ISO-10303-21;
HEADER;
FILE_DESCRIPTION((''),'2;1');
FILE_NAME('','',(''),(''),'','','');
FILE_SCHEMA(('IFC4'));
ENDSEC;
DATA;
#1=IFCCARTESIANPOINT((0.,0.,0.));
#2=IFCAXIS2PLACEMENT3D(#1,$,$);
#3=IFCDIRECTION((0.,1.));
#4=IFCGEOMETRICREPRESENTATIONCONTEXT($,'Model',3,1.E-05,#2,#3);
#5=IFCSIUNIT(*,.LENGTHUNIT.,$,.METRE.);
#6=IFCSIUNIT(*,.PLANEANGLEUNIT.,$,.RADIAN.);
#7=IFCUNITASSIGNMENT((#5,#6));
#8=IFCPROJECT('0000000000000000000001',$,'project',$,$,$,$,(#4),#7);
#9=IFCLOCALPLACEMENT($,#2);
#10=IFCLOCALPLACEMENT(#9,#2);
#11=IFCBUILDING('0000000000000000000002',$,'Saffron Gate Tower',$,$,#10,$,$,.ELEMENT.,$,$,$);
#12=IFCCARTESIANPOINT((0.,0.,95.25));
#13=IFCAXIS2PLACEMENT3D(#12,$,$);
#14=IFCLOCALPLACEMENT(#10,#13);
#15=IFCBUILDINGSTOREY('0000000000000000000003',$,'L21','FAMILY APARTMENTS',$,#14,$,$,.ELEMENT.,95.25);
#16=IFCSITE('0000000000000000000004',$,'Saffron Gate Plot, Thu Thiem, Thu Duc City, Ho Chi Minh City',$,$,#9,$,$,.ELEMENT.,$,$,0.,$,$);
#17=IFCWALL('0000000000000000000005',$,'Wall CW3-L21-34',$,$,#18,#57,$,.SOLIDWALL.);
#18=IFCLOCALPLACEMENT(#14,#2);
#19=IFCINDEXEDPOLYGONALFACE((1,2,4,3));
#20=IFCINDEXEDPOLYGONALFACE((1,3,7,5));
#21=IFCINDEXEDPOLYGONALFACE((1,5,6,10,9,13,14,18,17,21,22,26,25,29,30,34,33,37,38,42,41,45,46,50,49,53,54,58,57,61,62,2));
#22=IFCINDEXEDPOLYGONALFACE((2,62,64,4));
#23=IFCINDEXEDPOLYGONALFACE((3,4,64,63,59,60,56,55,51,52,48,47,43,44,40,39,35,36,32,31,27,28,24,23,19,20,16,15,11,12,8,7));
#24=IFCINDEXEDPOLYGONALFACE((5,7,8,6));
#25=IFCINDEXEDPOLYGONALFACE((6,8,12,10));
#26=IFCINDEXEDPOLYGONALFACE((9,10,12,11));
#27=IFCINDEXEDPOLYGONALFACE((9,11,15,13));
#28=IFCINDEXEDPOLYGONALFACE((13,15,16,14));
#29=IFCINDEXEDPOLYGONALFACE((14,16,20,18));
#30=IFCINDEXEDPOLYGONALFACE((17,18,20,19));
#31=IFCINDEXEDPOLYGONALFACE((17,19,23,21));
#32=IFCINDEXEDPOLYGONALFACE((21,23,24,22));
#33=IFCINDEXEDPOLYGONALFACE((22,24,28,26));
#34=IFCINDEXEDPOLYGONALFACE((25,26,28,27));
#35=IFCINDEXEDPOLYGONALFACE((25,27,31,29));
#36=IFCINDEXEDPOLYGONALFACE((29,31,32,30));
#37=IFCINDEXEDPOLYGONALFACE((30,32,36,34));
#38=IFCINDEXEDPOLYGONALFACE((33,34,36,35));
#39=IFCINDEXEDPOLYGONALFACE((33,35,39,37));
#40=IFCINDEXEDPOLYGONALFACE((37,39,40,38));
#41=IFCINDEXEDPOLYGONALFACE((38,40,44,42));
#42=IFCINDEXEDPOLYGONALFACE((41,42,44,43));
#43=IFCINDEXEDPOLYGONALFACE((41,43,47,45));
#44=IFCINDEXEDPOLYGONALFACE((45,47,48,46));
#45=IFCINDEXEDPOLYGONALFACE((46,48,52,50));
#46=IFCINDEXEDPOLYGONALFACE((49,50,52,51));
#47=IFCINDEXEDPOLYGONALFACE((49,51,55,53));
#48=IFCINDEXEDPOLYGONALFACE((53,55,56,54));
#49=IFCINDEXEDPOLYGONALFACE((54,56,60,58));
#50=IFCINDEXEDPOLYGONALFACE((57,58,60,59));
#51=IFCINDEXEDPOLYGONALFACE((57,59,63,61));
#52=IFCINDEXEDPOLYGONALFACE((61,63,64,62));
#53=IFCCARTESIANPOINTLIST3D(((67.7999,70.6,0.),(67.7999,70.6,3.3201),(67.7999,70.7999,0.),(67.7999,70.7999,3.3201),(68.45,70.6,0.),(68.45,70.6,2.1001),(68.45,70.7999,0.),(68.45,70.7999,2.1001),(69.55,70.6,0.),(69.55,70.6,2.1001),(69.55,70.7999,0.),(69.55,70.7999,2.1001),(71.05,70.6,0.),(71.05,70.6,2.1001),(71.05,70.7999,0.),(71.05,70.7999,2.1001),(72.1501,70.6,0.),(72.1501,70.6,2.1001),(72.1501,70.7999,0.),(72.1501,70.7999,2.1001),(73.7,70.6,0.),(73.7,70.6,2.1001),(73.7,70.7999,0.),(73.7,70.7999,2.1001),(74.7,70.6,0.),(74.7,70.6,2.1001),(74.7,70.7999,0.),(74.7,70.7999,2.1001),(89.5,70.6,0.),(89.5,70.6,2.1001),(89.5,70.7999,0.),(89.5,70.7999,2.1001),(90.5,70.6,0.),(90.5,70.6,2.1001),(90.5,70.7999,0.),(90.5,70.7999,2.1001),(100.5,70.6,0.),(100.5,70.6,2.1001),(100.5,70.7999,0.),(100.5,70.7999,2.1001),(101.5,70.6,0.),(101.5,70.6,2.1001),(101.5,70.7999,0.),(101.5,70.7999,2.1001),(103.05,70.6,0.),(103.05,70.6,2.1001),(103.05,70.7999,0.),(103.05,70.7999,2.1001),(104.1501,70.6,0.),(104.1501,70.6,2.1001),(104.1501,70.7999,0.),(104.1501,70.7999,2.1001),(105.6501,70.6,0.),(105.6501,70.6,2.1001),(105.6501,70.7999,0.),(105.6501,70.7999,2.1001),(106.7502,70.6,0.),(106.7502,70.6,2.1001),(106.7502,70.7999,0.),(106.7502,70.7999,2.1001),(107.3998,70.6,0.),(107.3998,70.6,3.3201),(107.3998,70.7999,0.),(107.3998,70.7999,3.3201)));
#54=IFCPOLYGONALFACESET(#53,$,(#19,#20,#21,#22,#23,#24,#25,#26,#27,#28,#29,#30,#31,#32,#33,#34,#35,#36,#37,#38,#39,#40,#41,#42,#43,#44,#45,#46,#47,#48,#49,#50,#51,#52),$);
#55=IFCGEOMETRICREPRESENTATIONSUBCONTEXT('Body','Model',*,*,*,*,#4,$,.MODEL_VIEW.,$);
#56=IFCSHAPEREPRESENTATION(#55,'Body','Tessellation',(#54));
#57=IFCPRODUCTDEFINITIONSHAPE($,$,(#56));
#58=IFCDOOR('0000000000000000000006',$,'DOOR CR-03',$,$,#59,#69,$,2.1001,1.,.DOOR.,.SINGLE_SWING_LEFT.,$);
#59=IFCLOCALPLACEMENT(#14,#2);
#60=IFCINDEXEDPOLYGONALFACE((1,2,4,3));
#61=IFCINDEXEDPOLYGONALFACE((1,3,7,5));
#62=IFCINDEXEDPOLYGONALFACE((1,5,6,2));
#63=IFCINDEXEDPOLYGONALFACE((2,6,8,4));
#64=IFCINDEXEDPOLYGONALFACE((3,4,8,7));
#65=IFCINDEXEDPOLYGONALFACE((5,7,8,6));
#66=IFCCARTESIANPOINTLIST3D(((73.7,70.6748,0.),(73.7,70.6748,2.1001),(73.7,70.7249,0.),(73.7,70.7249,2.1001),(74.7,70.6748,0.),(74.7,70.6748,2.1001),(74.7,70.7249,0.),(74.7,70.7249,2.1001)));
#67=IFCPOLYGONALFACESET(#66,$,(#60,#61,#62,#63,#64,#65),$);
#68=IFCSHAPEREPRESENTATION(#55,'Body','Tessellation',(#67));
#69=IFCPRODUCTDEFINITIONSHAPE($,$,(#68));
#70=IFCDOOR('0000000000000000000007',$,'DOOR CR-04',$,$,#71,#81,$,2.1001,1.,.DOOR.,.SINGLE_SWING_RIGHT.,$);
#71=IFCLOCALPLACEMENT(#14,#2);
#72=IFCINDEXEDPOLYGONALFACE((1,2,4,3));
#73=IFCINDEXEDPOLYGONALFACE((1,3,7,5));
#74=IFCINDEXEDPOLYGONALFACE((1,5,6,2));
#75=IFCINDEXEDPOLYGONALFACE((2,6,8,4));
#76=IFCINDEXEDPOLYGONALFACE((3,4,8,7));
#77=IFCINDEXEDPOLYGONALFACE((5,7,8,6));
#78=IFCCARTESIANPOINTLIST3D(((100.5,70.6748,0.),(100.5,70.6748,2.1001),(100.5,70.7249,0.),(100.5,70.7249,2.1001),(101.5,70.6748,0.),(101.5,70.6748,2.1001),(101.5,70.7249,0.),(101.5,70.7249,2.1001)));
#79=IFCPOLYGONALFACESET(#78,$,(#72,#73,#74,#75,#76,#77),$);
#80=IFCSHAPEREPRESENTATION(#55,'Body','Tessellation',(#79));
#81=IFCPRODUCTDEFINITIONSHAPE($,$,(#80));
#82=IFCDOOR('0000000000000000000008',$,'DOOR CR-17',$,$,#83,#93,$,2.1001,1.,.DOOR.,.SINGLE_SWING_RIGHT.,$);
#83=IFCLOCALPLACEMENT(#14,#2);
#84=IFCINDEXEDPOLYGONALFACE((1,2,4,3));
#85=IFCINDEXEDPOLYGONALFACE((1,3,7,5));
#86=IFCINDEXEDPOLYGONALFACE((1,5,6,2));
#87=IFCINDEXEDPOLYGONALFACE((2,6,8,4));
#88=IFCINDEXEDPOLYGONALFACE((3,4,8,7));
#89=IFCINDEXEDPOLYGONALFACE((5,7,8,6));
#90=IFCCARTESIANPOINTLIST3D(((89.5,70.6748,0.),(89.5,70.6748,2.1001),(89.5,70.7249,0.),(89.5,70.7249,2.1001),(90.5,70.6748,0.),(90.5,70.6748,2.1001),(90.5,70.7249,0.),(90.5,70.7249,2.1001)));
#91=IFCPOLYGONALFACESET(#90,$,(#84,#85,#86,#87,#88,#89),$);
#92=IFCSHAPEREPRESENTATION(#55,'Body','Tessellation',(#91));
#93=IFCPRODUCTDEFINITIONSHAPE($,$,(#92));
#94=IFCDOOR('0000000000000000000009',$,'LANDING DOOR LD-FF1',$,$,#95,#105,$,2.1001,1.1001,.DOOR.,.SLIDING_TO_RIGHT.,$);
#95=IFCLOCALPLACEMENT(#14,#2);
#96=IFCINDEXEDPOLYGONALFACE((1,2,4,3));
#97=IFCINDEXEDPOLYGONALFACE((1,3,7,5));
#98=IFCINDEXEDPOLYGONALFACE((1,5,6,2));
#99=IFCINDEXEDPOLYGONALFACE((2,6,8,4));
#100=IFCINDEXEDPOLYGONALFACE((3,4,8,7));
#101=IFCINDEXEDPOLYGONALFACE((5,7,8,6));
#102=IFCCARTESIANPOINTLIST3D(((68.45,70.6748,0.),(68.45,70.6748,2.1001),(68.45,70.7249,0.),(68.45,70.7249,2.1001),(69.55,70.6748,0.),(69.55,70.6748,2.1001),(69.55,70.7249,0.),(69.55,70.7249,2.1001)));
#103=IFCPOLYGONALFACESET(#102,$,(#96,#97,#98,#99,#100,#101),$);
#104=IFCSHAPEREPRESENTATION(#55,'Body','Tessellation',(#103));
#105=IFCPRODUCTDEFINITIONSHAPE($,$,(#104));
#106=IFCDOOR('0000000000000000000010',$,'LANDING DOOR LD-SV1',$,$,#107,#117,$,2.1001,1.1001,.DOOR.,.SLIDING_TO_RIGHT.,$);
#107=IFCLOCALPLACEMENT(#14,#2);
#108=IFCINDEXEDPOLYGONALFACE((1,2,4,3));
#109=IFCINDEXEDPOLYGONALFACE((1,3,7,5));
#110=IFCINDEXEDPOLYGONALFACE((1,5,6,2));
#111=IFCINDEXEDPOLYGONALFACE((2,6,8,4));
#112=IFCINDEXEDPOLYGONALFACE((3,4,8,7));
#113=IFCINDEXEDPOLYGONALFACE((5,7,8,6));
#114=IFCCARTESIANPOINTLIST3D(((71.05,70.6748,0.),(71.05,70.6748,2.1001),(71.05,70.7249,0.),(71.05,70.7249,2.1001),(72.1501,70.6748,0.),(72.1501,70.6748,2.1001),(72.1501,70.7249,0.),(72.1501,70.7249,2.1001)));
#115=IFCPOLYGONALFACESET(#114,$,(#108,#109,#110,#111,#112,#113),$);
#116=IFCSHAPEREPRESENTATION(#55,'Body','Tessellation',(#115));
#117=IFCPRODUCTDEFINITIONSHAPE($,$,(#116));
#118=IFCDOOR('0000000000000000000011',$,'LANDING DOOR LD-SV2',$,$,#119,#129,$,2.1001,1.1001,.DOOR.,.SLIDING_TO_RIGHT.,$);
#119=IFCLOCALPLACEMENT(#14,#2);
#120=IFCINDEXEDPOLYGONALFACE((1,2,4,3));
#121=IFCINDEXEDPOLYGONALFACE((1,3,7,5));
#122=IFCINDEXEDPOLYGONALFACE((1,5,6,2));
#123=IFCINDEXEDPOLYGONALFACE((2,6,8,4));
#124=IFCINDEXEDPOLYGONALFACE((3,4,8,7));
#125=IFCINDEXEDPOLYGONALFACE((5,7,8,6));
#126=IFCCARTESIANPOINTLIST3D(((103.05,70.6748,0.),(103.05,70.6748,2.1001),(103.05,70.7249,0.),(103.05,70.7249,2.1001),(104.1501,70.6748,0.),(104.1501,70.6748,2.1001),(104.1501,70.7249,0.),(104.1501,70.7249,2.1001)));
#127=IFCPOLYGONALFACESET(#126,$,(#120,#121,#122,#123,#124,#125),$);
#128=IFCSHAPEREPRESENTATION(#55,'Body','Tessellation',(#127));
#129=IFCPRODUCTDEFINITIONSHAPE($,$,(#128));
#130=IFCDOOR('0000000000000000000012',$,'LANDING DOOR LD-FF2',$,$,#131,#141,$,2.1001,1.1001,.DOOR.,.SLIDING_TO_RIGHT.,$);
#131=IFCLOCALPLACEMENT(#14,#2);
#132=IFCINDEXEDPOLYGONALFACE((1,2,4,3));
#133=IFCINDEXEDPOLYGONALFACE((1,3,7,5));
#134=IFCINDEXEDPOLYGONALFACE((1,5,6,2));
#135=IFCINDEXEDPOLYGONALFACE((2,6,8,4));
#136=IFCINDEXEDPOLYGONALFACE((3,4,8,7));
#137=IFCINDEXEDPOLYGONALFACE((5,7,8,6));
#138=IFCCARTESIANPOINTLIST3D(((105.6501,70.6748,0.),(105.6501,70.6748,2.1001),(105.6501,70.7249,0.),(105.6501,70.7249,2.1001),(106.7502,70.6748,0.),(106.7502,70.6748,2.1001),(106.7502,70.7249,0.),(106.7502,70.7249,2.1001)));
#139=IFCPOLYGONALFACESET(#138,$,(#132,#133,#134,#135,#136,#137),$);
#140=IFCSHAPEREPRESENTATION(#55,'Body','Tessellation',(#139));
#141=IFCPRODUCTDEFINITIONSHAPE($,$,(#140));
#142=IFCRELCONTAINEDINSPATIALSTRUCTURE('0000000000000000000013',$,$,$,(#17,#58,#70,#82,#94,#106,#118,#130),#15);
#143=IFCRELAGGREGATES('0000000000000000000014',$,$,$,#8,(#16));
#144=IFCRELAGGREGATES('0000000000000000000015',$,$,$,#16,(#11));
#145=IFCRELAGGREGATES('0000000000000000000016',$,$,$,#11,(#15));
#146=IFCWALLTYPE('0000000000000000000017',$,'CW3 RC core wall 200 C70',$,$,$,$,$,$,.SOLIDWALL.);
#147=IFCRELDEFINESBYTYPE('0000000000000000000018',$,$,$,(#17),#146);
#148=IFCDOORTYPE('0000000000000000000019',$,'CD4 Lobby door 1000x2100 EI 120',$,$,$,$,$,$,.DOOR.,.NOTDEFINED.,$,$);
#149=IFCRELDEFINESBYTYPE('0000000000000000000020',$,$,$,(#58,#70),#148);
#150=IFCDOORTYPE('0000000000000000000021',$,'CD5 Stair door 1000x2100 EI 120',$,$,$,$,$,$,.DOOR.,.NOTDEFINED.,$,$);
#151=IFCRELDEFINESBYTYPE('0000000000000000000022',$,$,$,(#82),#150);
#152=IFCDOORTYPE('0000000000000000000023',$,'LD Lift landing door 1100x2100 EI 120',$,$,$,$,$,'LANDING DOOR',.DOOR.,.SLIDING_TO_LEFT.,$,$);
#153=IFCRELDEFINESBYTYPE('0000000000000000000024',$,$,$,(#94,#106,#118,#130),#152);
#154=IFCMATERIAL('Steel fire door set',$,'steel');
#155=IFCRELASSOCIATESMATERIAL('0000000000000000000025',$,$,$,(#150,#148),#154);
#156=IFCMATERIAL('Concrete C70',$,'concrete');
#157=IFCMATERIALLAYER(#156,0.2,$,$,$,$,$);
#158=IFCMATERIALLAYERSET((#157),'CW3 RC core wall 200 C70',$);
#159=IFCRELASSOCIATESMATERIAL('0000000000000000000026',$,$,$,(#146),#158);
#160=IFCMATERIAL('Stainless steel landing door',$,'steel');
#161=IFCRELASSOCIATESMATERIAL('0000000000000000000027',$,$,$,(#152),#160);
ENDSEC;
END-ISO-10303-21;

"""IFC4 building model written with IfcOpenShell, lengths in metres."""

from ifc_helpers import new_model, si_unit, direction, frame, frame_2d, origin, place, context, subcontext, project, spatial, rectangle, extrude, material, layer, layer_set, type_object, element, fill, save


model = new_model("IFC4")

# Units and contexts
model_context = context("Model", 3, precision=1e-05, world=origin(), true_north=direction((0.0, 1.0)))
body_context = subcontext(model_context, "Body", "Model", "MODEL_VIEW")
ifc_project = project(units=[si_unit("LENGTHUNIT", "METRE"), si_unit("PLANEANGLEUNIT", "RADIAN")], contexts=[model_context])

# Site, building, storey
site_placement = place(None, origin())
site = spatial("IfcSite", under=ifc_project, at=site_placement, Name="Saffron Gate Plot, Thu Thiem, Thu Duc City, Ho Chi Minh City", CompositionType="ELEMENT", RefElevation=0.0)
building_placement = place(site_placement, origin())
building = spatial("IfcBuilding", under=site, at=building_placement, Name="Saffron Gate Tower", CompositionType="ELEMENT")
storey_placement = place(building_placement, frame((0.0, 0.0, 95.25)))
storey = spatial("IfcBuildingStorey", under=building, at=storey_placement, Name="L21", Description="FAMILY APARTMENTS", CompositionType="ELEMENT", Elevation=95.25)

# Shared definitions
ifc_material_1 = material(Name="Concrete C70", Category="concrete")

# Wall, openings, doors
ifc_material_2 = material(Name="Steel fire door set", Category="steel")
door_type_1 = type_object("IfcDoorType", Name="CD5 Stair door 1000x2100 EI 120", OperationType="NOTDEFINED", PredefinedType="DOOR", material=ifc_material_2)
ifc_layer_1 = layer(ifc_material_1, 0.2)
ifc_layer_set_1 = layer_set([ifc_layer_1], Name="CW3 RC core wall 200 C70")
wall_type_1 = type_object("IfcWallType", Name="CW3 RC core wall 200 C70", PredefinedType="SOLIDWALL", material=ifc_layer_set_1)
wall_1_placement = place(storey_placement, frame((67.8, 70.7, 0.0), z_axis=(0.0, 0.0, 1.0), x_axis=(1.0, 0.0, 0.0)))
wall_1 = element("IfcWall", 1, at=wall_1_placement, inside=storey, type_object=wall_type_1, Name="Wall CW3-L21-34", PredefinedType="SOLIDWALL", context=body_context, shape_type="SweptSolid", body=[
    extrude(rectangle(XDim=39.5999, YDim=0.2, at=frame_2d((19.7998, 0.0))), origin(), (0.0, 0.0, 1.0), 3.3201),
])
opening_1_placement = place(wall_1_placement, frame((0.6499, 0.0, 0.0)))
opening_1 = element("IfcOpeningElement", 2, at=opening_1_placement, cuts=wall_1, PredefinedType="OPENING", context=body_context, shape_type="SweptSolid", body=[
    extrude(rectangle(XDim=1.1001, YDim=2.1001, at=frame_2d((0.55, 1.05))), frame((0.0, 0.1099, 0.0), z_axis=(0.0, -1.0, 0.0), x_axis=(1.0, 0.0, 0.0)), (0.0, 0.0, 1.0), 0.22),
])
opening_2_placement = place(wall_1_placement, frame((3.25, 0.0, 0.0)))
opening_2 = element("IfcOpeningElement", 3, at=opening_2_placement, cuts=wall_1, PredefinedType="OPENING", context=body_context, shape_type="SweptSolid", body=[
    extrude(rectangle(XDim=1.1001, YDim=2.1001, at=frame_2d((0.55, 1.05))), frame((0.0, 0.1099, 0.0), z_axis=(0.0, -1.0, 0.0), x_axis=(1.0, 0.0, 0.0)), (0.0, 0.0, 1.0), 0.22),
])
opening_3_placement = place(wall_1_placement, frame((5.8999, 0.0, 0.0)))
opening_3 = element("IfcOpeningElement", 4, at=opening_3_placement, cuts=wall_1, PredefinedType="OPENING", context=body_context, shape_type="SweptSolid", body=[
    extrude(rectangle(XDim=1.0, YDim=2.1001, at=frame_2d((0.5, 1.05))), frame((0.0, 0.1099, 0.0), z_axis=(0.0, -1.0, 0.0), x_axis=(1.0, 0.0, 0.0)), (0.0, 0.0, 1.0), 0.22),
])
opening_4_placement = place(wall_1_placement, frame((21.7, 0.0, 0.0)))
opening_4 = element("IfcOpeningElement", 5, at=opening_4_placement, cuts=wall_1, PredefinedType="OPENING", context=body_context, shape_type="SweptSolid", body=[
    extrude(rectangle(XDim=1.0, YDim=2.1001, at=frame_2d((0.5, 1.05))), frame((0.0, 0.1099, 0.0), z_axis=(0.0, -1.0, 0.0), x_axis=(1.0, 0.0, 0.0)), (0.0, 0.0, 1.0), 0.22),
])
opening_5_placement = place(wall_1_placement, frame((32.7, 0.0, 0.0)))
opening_5 = element("IfcOpeningElement", 6, at=opening_5_placement, cuts=wall_1, PredefinedType="OPENING", context=body_context, shape_type="SweptSolid", body=[
    extrude(rectangle(XDim=1.0, YDim=2.1001, at=frame_2d((0.5, 1.05))), frame((0.0, 0.1099, 0.0), z_axis=(0.0, -1.0, 0.0), x_axis=(1.0, 0.0, 0.0)), (0.0, 0.0, 1.0), 0.22),
])
opening_6_placement = place(wall_1_placement, frame((35.25, 0.0, 0.0)))
opening_6 = element("IfcOpeningElement", 7, at=opening_6_placement, cuts=wall_1, PredefinedType="OPENING", context=body_context, shape_type="SweptSolid", body=[
    extrude(rectangle(XDim=1.1001, YDim=2.1001, at=frame_2d((0.55, 1.05))), frame((0.0, 0.1099, 0.0), z_axis=(0.0, -1.0, 0.0), x_axis=(1.0, 0.0, 0.0)), (0.0, 0.0, 1.0), 0.22),
])
opening_7_placement = place(wall_1_placement, frame((37.8501, 0.0, 0.0)))
opening_7 = element("IfcOpeningElement", 8, at=opening_7_placement, cuts=wall_1, PredefinedType="OPENING", context=body_context, shape_type="SweptSolid", body=[
    extrude(rectangle(XDim=1.1001, YDim=2.1001, at=frame_2d((0.55, 1.05))), frame((0.0, 0.1099, 0.0), z_axis=(0.0, -1.0, 0.0), x_axis=(1.0, 0.0, 0.0)), (0.0, 0.0, 1.0), 0.22),
])
door_type_2 = type_object("IfcDoorType", Name="CD4 Lobby door 1000x2100 EI 120", OperationType="NOTDEFINED", PredefinedType="DOOR", material=ifc_material_2)
door_1_placement = place(opening_3_placement, origin())
door_1 = element("IfcDoor", 9, at=door_1_placement, inside=storey, type_object=door_type_2, Name="DOOR CR-03", OperationType="SINGLE_SWING_LEFT", OverallHeight=2.1001, OverallWidth=1.0, PredefinedType="DOOR", context=body_context, shape_type="SweptSolid", body=[
    extrude(rectangle(XDim=1.0, YDim=2.1001, at=frame_2d((0.5, 1.05))), frame((0.0, 0.0249, 0.0), z_axis=(0.0, -1.0, 0.0), x_axis=(1.0, 0.0, 0.0)), (0.0, 0.0, 1.0), 0.05),
])
fill(opening_3, door_1)
door_2_placement = place(opening_5_placement, origin())
door_2 = element("IfcDoor", 10, at=door_2_placement, inside=storey, type_object=door_type_2, Name="DOOR CR-04", OperationType="SINGLE_SWING_RIGHT", OverallHeight=2.1001, OverallWidth=1.0, PredefinedType="DOOR", context=body_context, shape_type="SweptSolid", body=[
    extrude(rectangle(XDim=1.0, YDim=2.1001, at=frame_2d((0.5, 1.05))), frame((0.0, 0.0249, 0.0), z_axis=(0.0, -1.0, 0.0), x_axis=(1.0, 0.0, 0.0)), (0.0, 0.0, 1.0), 0.05),
])
fill(opening_5, door_2)
door_3_placement = place(opening_4_placement, origin())
door_3 = element("IfcDoor", 11, at=door_3_placement, inside=storey, type_object=door_type_1, Name="DOOR CR-17", OperationType="SINGLE_SWING_RIGHT", OverallHeight=2.1001, OverallWidth=1.0, PredefinedType="DOOR", context=body_context, shape_type="SweptSolid", body=[
    extrude(rectangle(XDim=1.0, YDim=2.1001, at=frame_2d((0.5, 1.05))), frame((0.0, 0.0249, 0.0), z_axis=(0.0, -1.0, 0.0), x_axis=(1.0, 0.0, 0.0)), (0.0, 0.0, 1.0), 0.05),
])
fill(opening_4, door_3)
ifc_material_3 = material(Name="Stainless steel landing door", Category="steel")
door_type_3 = type_object("IfcDoorType", Name="LD Lift landing door 1100x2100 EI 120", ElementType="LANDING DOOR", OperationType="SLIDING_TO_LEFT", PredefinedType="DOOR", material=ifc_material_3)
door_4_placement = place(opening_1_placement, origin())
door_4 = element("IfcDoor", 12, at=door_4_placement, inside=storey, type_object=door_type_3, Name="LANDING DOOR LD-FF1", OperationType="SLIDING_TO_RIGHT", OverallHeight=2.1001, OverallWidth=1.1001, PredefinedType="DOOR", context=body_context, shape_type="SweptSolid", body=[
    extrude(rectangle(XDim=1.1001, YDim=2.1001, at=frame_2d((0.55, 1.05))), frame((0.0, 0.0249, 0.0), z_axis=(0.0, -1.0, 0.0), x_axis=(1.0, 0.0, 0.0)), (0.0, 0.0, 1.0), 0.05),
])
fill(opening_1, door_4)
door_5_placement = place(opening_2_placement, origin())
door_5 = element("IfcDoor", 13, at=door_5_placement, inside=storey, type_object=door_type_3, Name="LANDING DOOR LD-SV1", OperationType="SLIDING_TO_RIGHT", OverallHeight=2.1001, OverallWidth=1.1001, PredefinedType="DOOR", context=body_context, shape_type="SweptSolid", body=[
    extrude(rectangle(XDim=1.1001, YDim=2.1001, at=frame_2d((0.55, 1.05))), frame((0.0, 0.0249, 0.0), z_axis=(0.0, -1.0, 0.0), x_axis=(1.0, 0.0, 0.0)), (0.0, 0.0, 1.0), 0.05),
])
fill(opening_2, door_5)
door_6_placement = place(opening_6_placement, origin())
door_6 = element("IfcDoor", 14, at=door_6_placement, inside=storey, type_object=door_type_3, Name="LANDING DOOR LD-SV2", OperationType="SLIDING_TO_RIGHT", OverallHeight=2.1001, OverallWidth=1.1001, PredefinedType="DOOR", context=body_context, shape_type="SweptSolid", body=[
    extrude(rectangle(XDim=1.1001, YDim=2.1001, at=frame_2d((0.55, 1.05))), frame((0.0, 0.0249, 0.0), z_axis=(0.0, -1.0, 0.0), x_axis=(1.0, 0.0, 0.0)), (0.0, 0.0, 1.0), 0.05),
])
fill(opening_6, door_6)
door_7_placement = place(opening_7_placement, origin())
door_7 = element("IfcDoor", 15, at=door_7_placement, inside=storey, type_object=door_type_3, Name="LANDING DOOR LD-FF2", OperationType="SLIDING_TO_RIGHT", OverallHeight=2.1001, OverallWidth=1.1001, PredefinedType="DOOR", context=body_context, shape_type="SweptSolid", body=[
    extrude(rectangle(XDim=1.1001, YDim=2.1001, at=frame_2d((0.55, 1.05))), frame((0.0, 0.0249, 0.0), z_axis=(0.0, -1.0, 0.0), x_axis=(1.0, 0.0, 0.0)), (0.0, 0.0, 1.0), 0.05),
])
fill(opening_7, door_7)

save(model, "model.ifc")
